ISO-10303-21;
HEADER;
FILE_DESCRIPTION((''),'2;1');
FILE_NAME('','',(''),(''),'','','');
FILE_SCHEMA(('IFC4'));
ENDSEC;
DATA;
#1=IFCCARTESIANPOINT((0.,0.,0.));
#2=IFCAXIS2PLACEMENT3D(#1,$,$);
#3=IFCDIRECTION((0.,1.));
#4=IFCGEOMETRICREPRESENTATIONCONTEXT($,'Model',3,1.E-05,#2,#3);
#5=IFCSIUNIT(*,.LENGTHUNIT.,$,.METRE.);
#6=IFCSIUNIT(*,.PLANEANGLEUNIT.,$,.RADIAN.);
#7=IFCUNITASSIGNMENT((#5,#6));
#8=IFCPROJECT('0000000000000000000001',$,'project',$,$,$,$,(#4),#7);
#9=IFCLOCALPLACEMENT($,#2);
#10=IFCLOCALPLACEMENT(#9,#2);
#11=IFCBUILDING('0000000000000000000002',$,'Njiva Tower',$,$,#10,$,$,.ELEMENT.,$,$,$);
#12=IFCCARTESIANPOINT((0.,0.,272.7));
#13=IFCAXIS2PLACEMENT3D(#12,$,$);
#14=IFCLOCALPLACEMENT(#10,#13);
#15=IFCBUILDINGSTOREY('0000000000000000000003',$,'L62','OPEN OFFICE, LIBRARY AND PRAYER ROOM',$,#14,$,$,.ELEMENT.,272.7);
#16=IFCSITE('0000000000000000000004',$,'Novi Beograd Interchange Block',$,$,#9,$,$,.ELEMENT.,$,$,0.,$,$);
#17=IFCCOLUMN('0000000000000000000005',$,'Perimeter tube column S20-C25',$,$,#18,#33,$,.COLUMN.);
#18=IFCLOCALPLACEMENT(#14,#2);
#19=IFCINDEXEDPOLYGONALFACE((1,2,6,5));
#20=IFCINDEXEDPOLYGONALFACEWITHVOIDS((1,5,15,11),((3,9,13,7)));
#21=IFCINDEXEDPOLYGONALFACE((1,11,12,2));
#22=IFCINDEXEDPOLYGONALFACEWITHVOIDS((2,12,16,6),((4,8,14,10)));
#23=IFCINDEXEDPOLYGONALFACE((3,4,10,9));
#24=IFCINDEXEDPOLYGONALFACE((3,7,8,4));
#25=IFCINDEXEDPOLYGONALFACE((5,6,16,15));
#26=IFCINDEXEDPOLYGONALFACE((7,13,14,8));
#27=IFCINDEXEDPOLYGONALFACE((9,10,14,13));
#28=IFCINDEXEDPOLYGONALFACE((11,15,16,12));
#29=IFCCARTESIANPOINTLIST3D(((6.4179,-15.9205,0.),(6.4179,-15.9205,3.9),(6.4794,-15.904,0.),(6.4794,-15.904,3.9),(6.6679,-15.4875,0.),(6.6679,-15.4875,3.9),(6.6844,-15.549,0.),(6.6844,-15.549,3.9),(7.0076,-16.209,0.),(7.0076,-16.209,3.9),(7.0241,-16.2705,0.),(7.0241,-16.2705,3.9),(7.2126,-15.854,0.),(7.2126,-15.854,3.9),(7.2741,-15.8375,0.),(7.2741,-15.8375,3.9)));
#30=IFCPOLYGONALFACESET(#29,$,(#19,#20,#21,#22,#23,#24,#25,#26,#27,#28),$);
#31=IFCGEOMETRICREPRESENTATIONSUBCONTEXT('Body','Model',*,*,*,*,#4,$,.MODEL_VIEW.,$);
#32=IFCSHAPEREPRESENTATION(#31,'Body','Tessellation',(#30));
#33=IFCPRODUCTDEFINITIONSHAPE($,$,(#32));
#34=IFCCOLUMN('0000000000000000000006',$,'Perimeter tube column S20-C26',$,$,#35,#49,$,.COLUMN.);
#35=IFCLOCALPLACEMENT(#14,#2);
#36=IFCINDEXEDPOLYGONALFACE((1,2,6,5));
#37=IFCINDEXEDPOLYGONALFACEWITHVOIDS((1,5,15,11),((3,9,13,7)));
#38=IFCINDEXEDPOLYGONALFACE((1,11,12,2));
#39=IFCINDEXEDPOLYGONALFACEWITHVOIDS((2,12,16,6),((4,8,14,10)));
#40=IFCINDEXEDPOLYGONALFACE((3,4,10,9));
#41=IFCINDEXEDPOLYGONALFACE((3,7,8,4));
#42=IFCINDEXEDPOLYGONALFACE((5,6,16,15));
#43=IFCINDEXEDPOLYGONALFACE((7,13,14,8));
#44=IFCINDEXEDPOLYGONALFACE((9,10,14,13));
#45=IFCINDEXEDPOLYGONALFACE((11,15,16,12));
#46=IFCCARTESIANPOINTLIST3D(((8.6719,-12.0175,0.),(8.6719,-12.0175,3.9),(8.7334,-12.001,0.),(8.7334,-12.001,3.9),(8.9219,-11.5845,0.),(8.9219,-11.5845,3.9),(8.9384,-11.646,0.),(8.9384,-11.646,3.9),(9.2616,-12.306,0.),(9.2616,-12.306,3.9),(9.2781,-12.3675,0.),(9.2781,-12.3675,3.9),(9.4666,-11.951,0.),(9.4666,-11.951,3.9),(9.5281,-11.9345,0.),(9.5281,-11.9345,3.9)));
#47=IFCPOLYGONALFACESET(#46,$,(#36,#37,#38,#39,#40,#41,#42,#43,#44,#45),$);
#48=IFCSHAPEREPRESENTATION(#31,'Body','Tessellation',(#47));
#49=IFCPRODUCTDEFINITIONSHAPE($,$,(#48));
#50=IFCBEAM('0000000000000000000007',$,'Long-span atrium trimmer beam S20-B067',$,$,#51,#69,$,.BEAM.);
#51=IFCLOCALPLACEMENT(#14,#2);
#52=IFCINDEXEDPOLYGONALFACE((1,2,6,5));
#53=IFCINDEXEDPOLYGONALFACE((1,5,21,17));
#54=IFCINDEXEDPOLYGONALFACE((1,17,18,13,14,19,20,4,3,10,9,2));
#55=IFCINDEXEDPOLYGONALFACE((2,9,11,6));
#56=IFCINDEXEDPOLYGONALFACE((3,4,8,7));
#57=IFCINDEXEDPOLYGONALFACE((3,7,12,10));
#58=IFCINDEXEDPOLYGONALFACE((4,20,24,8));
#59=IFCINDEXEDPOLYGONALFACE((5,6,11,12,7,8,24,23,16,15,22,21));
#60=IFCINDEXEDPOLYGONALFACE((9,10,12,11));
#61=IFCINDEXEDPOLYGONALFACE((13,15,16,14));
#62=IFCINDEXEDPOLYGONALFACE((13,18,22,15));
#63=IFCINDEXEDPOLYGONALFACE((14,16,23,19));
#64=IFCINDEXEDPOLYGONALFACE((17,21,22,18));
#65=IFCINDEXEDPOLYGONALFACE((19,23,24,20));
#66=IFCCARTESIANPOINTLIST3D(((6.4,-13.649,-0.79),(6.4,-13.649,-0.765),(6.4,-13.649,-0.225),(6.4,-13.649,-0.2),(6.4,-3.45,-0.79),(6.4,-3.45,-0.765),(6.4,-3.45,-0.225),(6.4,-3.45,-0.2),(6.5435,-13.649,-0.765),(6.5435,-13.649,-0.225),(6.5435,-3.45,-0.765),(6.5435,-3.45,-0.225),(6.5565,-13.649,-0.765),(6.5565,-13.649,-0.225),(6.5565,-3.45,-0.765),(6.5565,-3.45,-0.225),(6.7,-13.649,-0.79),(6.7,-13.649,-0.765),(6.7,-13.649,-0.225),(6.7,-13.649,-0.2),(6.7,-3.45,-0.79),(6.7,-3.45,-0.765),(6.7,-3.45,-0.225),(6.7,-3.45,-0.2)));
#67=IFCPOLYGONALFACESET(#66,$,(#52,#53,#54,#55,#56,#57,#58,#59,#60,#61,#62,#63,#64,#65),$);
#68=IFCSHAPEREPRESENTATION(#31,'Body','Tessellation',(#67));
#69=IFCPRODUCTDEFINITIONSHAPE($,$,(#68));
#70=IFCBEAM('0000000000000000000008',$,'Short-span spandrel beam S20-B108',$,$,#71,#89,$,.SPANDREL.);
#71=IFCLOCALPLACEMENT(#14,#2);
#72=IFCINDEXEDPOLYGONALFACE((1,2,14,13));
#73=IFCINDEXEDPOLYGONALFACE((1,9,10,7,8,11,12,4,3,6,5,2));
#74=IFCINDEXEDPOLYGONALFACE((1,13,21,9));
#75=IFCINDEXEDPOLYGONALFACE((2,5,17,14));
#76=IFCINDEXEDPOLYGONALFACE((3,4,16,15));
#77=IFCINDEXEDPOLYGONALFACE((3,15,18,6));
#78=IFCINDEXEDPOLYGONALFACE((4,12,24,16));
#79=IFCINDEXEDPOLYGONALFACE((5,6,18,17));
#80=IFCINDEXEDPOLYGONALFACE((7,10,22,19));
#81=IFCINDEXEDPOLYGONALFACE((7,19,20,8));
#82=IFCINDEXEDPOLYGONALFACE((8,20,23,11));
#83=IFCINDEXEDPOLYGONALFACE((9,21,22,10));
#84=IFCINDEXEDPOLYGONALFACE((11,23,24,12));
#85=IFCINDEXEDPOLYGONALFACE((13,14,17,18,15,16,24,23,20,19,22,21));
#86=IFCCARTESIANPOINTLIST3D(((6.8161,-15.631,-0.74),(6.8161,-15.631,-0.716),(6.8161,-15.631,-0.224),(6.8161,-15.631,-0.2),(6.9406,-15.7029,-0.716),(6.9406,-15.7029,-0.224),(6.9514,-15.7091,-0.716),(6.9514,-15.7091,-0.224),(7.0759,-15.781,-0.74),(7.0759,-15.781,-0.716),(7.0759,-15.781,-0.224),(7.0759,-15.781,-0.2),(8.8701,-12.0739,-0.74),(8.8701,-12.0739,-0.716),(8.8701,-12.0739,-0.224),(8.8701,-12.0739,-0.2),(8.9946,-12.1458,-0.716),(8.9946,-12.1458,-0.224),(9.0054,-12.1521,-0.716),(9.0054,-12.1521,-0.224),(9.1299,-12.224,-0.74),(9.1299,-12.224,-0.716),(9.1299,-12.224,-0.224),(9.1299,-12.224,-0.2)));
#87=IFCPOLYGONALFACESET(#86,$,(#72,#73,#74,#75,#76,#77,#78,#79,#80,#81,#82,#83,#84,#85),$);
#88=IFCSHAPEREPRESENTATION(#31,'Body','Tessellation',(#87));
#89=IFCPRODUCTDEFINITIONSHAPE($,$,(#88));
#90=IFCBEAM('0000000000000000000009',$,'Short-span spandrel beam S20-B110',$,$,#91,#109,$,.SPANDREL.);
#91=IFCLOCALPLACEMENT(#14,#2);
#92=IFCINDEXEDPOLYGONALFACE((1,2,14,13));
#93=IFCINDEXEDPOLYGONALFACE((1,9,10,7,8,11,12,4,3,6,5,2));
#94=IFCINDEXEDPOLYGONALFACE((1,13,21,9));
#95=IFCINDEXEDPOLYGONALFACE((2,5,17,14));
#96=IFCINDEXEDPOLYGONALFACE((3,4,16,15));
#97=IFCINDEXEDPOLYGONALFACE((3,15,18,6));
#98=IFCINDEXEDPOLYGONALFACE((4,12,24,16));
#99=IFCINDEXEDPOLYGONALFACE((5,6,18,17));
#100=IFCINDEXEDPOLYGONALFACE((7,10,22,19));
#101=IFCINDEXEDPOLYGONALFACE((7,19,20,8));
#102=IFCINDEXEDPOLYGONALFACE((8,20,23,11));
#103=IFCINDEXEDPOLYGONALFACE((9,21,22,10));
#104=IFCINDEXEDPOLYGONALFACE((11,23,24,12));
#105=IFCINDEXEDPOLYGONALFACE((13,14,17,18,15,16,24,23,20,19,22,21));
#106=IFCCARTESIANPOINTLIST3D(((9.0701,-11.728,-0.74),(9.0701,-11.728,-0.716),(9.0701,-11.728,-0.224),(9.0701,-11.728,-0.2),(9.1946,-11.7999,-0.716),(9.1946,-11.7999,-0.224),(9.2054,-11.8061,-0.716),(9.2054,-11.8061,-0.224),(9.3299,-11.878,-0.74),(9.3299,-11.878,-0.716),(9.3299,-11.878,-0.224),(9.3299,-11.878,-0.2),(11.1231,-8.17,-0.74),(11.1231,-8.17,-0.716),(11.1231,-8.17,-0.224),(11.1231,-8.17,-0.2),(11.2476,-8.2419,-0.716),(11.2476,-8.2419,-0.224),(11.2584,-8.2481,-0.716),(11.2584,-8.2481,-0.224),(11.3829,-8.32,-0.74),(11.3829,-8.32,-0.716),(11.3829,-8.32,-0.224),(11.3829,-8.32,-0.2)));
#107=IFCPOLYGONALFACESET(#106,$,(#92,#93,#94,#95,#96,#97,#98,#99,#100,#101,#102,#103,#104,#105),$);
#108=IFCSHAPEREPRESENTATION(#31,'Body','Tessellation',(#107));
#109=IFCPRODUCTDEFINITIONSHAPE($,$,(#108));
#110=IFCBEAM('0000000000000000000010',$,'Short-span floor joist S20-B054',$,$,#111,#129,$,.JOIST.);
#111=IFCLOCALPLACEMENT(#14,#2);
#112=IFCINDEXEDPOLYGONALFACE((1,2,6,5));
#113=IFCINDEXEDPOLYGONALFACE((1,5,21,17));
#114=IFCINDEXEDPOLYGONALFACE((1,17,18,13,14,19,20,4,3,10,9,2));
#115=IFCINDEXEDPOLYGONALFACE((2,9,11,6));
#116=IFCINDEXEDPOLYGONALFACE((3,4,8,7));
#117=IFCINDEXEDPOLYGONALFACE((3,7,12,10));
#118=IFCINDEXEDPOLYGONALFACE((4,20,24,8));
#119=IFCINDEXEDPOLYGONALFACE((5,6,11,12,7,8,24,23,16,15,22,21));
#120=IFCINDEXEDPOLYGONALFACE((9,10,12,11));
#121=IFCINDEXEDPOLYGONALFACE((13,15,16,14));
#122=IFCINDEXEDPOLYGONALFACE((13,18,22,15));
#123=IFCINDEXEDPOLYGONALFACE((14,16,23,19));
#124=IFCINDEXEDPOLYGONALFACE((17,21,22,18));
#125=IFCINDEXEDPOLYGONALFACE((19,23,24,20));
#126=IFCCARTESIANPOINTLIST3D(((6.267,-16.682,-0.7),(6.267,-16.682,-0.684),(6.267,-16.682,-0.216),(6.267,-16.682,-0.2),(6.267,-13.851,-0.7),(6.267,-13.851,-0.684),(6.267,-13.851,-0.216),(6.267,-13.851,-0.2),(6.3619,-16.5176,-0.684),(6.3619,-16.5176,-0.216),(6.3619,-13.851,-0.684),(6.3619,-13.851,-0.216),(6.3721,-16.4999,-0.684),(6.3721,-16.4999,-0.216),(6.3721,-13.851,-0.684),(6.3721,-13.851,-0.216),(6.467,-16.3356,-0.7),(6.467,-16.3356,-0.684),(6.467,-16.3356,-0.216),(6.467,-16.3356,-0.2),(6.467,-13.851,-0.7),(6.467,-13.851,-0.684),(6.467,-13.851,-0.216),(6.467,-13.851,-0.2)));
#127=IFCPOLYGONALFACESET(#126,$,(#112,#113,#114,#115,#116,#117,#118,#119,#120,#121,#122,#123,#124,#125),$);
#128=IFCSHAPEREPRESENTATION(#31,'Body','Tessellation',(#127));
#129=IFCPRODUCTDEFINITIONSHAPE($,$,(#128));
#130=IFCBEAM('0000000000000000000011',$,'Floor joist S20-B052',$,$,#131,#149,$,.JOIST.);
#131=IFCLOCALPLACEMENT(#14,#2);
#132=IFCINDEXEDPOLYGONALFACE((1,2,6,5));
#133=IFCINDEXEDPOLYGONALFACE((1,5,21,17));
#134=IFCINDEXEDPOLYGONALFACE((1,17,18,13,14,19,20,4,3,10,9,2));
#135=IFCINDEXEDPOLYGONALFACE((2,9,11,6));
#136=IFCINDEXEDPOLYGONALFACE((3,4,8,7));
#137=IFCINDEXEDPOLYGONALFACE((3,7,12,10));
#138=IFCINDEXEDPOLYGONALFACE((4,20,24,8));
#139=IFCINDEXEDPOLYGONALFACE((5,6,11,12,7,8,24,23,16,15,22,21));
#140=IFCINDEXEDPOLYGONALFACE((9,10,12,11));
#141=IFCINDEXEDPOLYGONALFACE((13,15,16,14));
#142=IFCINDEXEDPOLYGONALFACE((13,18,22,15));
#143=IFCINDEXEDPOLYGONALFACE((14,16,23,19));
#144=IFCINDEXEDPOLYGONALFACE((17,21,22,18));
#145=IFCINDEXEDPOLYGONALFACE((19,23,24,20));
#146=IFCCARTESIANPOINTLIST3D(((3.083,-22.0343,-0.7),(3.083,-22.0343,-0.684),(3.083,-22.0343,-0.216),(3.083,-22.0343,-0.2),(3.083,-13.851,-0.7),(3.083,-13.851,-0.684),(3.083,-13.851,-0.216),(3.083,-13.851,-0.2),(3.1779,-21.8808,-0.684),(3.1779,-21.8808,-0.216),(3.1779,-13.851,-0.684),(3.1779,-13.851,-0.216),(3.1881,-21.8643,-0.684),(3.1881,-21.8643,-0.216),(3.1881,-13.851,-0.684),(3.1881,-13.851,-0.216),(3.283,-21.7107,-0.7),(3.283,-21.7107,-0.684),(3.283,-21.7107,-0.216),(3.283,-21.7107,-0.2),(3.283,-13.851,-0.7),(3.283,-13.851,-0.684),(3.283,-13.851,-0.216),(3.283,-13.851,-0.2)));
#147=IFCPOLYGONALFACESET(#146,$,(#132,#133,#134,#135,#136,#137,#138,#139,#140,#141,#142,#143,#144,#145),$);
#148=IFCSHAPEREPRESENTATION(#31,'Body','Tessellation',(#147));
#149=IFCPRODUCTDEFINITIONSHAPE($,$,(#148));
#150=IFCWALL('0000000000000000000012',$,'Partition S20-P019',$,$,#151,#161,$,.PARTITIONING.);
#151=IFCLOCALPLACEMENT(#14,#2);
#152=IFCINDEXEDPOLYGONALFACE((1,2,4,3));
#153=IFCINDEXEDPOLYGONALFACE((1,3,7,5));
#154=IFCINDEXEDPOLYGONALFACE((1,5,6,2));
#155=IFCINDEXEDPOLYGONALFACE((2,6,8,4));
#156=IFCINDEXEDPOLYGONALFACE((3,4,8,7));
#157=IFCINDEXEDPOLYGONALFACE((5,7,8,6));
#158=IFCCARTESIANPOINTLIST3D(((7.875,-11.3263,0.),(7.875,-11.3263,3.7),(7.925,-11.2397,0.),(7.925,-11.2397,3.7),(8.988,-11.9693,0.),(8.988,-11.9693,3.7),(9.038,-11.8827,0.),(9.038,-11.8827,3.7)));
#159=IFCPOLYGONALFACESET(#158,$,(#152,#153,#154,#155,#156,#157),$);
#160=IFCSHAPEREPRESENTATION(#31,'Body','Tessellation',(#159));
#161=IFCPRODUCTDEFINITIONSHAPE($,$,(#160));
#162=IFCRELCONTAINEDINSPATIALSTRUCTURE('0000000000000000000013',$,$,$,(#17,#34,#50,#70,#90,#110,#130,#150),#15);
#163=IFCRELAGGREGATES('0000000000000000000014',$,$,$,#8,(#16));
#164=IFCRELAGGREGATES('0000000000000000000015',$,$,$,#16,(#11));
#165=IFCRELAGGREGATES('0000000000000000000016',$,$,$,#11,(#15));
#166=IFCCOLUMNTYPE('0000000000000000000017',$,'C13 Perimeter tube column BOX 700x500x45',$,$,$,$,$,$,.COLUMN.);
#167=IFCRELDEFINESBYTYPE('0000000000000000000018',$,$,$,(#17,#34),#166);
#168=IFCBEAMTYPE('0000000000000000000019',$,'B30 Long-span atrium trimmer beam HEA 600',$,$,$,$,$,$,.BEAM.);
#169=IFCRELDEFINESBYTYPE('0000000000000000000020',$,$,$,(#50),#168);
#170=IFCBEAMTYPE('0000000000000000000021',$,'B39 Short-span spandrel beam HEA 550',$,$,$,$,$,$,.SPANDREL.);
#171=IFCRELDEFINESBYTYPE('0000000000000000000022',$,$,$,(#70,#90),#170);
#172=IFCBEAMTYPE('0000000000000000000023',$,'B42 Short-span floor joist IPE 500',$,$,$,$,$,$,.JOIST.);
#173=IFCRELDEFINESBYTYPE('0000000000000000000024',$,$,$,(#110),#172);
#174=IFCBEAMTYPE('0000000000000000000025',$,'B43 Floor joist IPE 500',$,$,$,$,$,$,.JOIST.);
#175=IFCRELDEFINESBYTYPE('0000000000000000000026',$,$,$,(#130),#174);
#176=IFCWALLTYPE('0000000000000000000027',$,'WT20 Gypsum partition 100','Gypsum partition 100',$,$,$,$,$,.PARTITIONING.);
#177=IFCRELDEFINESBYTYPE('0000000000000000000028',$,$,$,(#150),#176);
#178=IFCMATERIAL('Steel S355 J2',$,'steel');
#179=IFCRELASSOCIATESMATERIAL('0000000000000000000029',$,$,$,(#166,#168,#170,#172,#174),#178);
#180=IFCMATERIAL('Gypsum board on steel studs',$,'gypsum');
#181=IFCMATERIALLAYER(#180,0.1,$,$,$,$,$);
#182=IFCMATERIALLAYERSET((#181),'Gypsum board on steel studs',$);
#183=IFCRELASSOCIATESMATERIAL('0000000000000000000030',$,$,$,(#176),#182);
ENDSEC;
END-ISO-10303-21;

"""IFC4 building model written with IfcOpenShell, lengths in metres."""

from ifc_helpers import new_model, si_unit, direction, frame, frame_2d, origin, origin_2d, place, context, subcontext, project, spatial, rectangle, hollow_rectangle, i_section, extrude, clip, halfspace, material, layer, layer_set, material_profile, profile_set, type_object, element, save


model = new_model("IFC4")

# Units and contexts
model_context = context("Model", 3, precision=1e-05, world=origin(), true_north=direction((0.0, 1.0)))
body_context = subcontext(model_context, "Body", "Model", "MODEL_VIEW")
ifc_project = project(units=[si_unit("LENGTHUNIT", "METRE"), si_unit("PLANEANGLEUNIT", "RADIAN")], contexts=[model_context])

# Site, building, storey
site_placement = place(None, origin())
site = spatial("IfcSite", under=ifc_project, at=site_placement, Name="Novi Beograd Interchange Block", CompositionType="ELEMENT", RefElevation=0.0)
building_placement = place(site_placement, origin())
building = spatial("IfcBuilding", under=site, at=building_placement, Name="Njiva Tower", CompositionType="ELEMENT")
storey_placement = place(building_placement, frame((0.0, 0.0, 272.7)))
storey = spatial("IfcBuildingStorey", under=building, at=storey_placement, Name="L62", Description="OPEN OFFICE, LIBRARY AND PRAYER ROOM", CompositionType="ELEMENT", Elevation=272.7)

# Columns
ifc_material_1 = material(Name="Steel S355 J2", Category="steel")
ifc_material_profile_1 = material_profile(ifc_material_1, hollow_rectangle(XDim=0.5, YDim=0.7, WallThickness=0.045, at=origin_2d()), Name="BOX 700x500x45")
ifc_profile_set_1 = profile_set([ifc_material_profile_1], Name="Steel S355 J2")
column_type = type_object("IfcColumnType", Name="C13 Perimeter tube column BOX 700x500x45", PredefinedType="COLUMN", material=ifc_profile_set_1)
for number, where, z_axis, x_axis, name in (
    (1, (6.846, -15.879, 0.0), (0.0, 0.0, 1.0), (0.5, 0.866025, 0.0), "Perimeter tube column S20-C25"),
    (2, (9.1, -11.976, 0.0), (0.0, 0.0, 1.0), (0.5, 0.866025, 0.0), "Perimeter tube column S20-C26"),
):
    element("IfcColumn", number, at=place(storey_placement, frame(where, z_axis=z_axis, x_axis=x_axis)), inside=storey, type_object=column_type, Name=name, PredefinedType="COLUMN", context=body_context, shape_type="SweptSolid", body=[
        extrude(hollow_rectangle(XDim=0.5, YDim=0.7, WallThickness=0.045, at=origin_2d()), origin(), (0.0, 0.0, 1.0), 3.9),
    ])

# Beams
ifc_material_profile_2 = material_profile(ifc_material_1, i_section(OverallWidth=0.3, OverallDepth=0.59, WebThickness=0.013, FlangeThickness=0.025, at=origin_2d()), Name="HEA 600")
ifc_profile_set_2 = profile_set([ifc_material_profile_2], Name="Steel S355 J2")
beam_type_1 = type_object("IfcBeamType", Name="B30 Long-span atrium trimmer beam HEA 600", PredefinedType="BEAM", material=ifc_profile_set_2)
beam_1_placement = place(storey_placement, frame((6.55, -13.649, -0.495), z_axis=(0.0, 1.0, 0.0), x_axis=(-1.0, 0.0, 0.0)))
element("IfcBeam", 3, at=beam_1_placement, inside=storey, type_object=beam_type_1, Name="Long-span atrium trimmer beam S20-B067", PredefinedType="BEAM", context=body_context, shape_type="SweptSolid", body=[
    extrude(i_section(OverallWidth=0.3, OverallDepth=0.59, WebThickness=0.013, FlangeThickness=0.025, at=origin_2d()), origin(), (0.0, 0.0, 1.0), 10.199),
])
ifc_material_profile_3 = material_profile(ifc_material_1, i_section(OverallWidth=0.3, OverallDepth=0.54, WebThickness=0.0125, FlangeThickness=0.024, at=origin_2d()), Name="HEA 550")
ifc_profile_set_3 = profile_set([ifc_material_profile_3], Name="Steel S355 J2")
beam_type_2 = type_object("IfcBeamType", Name="B39 Short-span spandrel beam HEA 550", PredefinedType="SPANDREL", material=ifc_profile_set_3)
beam_2_placement = place(storey_placement, frame((6.946, -15.706, -0.47), z_axis=(0.500067, 0.865987, 0.0), x_axis=(-0.865987, 0.500067, 0.0)))
element("IfcBeam", 4, at=beam_2_placement, inside=storey, type_object=beam_type_2, Name="Short-span spandrel beam S20-B108", PredefinedType="SPANDREL", context=body_context, shape_type="SweptSolid", body=[
    extrude(i_section(OverallWidth=0.3, OverallDepth=0.54, WebThickness=0.0125, FlangeThickness=0.024, at=origin_2d()), origin(), (0.0, 0.0, 1.0), 4.1075),
])
beam_3_placement = place(storey_placement, frame((9.2, -11.803, -0.47), z_axis=(0.499779, 0.866153, 0.0), x_axis=(-0.866153, 0.499779, 0.0)))
element("IfcBeam", 5, at=beam_3_placement, inside=storey, type_object=beam_type_2, Name="Short-span spandrel beam S20-B110", PredefinedType="SPANDREL", context=body_context, shape_type="SweptSolid", body=[
    extrude(i_section(OverallWidth=0.3, OverallDepth=0.54, WebThickness=0.0125, FlangeThickness=0.024, at=origin_2d()), origin(), (0.0, 0.0, 1.0), 4.1078),
])
ifc_material_profile_4 = material_profile(ifc_material_1, i_section(OverallWidth=0.2, OverallDepth=0.5, WebThickness=0.0102, FlangeThickness=0.016, at=origin_2d()), Name="IPE 500")
ifc_profile_set_4 = profile_set([ifc_material_profile_4], Name="Steel S355 J2")
beam_type_3 = type_object("IfcBeamType", Name="B42 Short-span floor joist IPE 500", PredefinedType="JOIST", material=ifc_profile_set_4)
beam_4_placement = place(storey_placement, frame((6.367, -13.851, -0.45), z_axis=(0.0, -1.0, 0.0), x_axis=(1.0, 0.0, 0.0)))
element("IfcBeam", 6, at=beam_4_placement, inside=storey, type_object=beam_type_3, Name="Short-span floor joist S20-B054", PredefinedType="JOIST", context=body_context, shape_type="Clipping", body=[
    clip(extrude(i_section(OverallWidth=0.2, OverallDepth=0.5, WebThickness=0.0102, FlangeThickness=0.016, at=origin_2d()), origin(), (0.0, 0.0, 1.0), 2.851), halfspace(frame((0.043, 0.0, 2.5833), z_axis=(0.866027, 0.0, 0.499998), x_axis=(0.0, 1.0, 0.0)), False)),
])
ifc_material_profile_5 = material_profile(ifc_material_1, i_section(OverallWidth=0.2, OverallDepth=0.5, WebThickness=0.0102, FlangeThickness=0.016, at=origin_2d()), Name="IPE 500")
ifc_profile_set_5 = profile_set([ifc_material_profile_5], Name="Steel S355 J2")
beam_type_4 = type_object("IfcBeamType", Name="B43 Floor joist IPE 500", PredefinedType="JOIST", material=ifc_profile_set_5)
beam_5_placement = place(storey_placement, frame((3.183, -13.851, -0.45), z_axis=(0.0, -1.0, 0.0), x_axis=(1.0, 0.0, 0.0)))
element("IfcBeam", 7, at=beam_5_placement, inside=storey, type_object=beam_type_4, Name="Floor joist S20-B052", PredefinedType="JOIST", context=body_context, shape_type="Clipping", body=[
    clip(extrude(i_section(OverallWidth=0.2, OverallDepth=0.5, WebThickness=0.0102, FlangeThickness=0.016, at=origin_2d()), origin(), (0.0, 0.0, 1.0), 8.203), halfspace(frame((0.0429, 0.0, 7.9521), z_axis=(0.85062, 0.0, 0.52578), x_axis=(0.0, 1.0, 0.0)), False)),
])

# Wall
ifc_material_2 = material(Name="Gypsum board on steel studs", Category="gypsum")
ifc_layer_1 = layer(ifc_material_2, 0.1)
ifc_layer_set_1 = layer_set([ifc_layer_1], Name="Gypsum board on steel studs")
wall_type_1 = type_object("IfcWallType", Name="WT20 Gypsum partition 100", Description="Gypsum partition 100", PredefinedType="PARTITIONING", material=ifc_layer_set_1)
wall_1_placement = place(storey_placement, frame((7.9, -11.283, 0.0), z_axis=(0.0, 0.0, 1.0), x_axis=(0.865888, -0.500239, 0.0)))
element("IfcWall", 8, at=wall_1_placement, inside=storey, type_object=wall_type_1, Name="Partition S20-P019", PredefinedType="PARTITIONING", context=body_context, shape_type="SweptSolid", body=[
    extrude(rectangle(XDim=1.2854, YDim=0.1, at=frame_2d((0.6427, 0.0))), origin(), (0.0, 0.0, 1.0), 3.7),
])

save(model, "model.ifc")
